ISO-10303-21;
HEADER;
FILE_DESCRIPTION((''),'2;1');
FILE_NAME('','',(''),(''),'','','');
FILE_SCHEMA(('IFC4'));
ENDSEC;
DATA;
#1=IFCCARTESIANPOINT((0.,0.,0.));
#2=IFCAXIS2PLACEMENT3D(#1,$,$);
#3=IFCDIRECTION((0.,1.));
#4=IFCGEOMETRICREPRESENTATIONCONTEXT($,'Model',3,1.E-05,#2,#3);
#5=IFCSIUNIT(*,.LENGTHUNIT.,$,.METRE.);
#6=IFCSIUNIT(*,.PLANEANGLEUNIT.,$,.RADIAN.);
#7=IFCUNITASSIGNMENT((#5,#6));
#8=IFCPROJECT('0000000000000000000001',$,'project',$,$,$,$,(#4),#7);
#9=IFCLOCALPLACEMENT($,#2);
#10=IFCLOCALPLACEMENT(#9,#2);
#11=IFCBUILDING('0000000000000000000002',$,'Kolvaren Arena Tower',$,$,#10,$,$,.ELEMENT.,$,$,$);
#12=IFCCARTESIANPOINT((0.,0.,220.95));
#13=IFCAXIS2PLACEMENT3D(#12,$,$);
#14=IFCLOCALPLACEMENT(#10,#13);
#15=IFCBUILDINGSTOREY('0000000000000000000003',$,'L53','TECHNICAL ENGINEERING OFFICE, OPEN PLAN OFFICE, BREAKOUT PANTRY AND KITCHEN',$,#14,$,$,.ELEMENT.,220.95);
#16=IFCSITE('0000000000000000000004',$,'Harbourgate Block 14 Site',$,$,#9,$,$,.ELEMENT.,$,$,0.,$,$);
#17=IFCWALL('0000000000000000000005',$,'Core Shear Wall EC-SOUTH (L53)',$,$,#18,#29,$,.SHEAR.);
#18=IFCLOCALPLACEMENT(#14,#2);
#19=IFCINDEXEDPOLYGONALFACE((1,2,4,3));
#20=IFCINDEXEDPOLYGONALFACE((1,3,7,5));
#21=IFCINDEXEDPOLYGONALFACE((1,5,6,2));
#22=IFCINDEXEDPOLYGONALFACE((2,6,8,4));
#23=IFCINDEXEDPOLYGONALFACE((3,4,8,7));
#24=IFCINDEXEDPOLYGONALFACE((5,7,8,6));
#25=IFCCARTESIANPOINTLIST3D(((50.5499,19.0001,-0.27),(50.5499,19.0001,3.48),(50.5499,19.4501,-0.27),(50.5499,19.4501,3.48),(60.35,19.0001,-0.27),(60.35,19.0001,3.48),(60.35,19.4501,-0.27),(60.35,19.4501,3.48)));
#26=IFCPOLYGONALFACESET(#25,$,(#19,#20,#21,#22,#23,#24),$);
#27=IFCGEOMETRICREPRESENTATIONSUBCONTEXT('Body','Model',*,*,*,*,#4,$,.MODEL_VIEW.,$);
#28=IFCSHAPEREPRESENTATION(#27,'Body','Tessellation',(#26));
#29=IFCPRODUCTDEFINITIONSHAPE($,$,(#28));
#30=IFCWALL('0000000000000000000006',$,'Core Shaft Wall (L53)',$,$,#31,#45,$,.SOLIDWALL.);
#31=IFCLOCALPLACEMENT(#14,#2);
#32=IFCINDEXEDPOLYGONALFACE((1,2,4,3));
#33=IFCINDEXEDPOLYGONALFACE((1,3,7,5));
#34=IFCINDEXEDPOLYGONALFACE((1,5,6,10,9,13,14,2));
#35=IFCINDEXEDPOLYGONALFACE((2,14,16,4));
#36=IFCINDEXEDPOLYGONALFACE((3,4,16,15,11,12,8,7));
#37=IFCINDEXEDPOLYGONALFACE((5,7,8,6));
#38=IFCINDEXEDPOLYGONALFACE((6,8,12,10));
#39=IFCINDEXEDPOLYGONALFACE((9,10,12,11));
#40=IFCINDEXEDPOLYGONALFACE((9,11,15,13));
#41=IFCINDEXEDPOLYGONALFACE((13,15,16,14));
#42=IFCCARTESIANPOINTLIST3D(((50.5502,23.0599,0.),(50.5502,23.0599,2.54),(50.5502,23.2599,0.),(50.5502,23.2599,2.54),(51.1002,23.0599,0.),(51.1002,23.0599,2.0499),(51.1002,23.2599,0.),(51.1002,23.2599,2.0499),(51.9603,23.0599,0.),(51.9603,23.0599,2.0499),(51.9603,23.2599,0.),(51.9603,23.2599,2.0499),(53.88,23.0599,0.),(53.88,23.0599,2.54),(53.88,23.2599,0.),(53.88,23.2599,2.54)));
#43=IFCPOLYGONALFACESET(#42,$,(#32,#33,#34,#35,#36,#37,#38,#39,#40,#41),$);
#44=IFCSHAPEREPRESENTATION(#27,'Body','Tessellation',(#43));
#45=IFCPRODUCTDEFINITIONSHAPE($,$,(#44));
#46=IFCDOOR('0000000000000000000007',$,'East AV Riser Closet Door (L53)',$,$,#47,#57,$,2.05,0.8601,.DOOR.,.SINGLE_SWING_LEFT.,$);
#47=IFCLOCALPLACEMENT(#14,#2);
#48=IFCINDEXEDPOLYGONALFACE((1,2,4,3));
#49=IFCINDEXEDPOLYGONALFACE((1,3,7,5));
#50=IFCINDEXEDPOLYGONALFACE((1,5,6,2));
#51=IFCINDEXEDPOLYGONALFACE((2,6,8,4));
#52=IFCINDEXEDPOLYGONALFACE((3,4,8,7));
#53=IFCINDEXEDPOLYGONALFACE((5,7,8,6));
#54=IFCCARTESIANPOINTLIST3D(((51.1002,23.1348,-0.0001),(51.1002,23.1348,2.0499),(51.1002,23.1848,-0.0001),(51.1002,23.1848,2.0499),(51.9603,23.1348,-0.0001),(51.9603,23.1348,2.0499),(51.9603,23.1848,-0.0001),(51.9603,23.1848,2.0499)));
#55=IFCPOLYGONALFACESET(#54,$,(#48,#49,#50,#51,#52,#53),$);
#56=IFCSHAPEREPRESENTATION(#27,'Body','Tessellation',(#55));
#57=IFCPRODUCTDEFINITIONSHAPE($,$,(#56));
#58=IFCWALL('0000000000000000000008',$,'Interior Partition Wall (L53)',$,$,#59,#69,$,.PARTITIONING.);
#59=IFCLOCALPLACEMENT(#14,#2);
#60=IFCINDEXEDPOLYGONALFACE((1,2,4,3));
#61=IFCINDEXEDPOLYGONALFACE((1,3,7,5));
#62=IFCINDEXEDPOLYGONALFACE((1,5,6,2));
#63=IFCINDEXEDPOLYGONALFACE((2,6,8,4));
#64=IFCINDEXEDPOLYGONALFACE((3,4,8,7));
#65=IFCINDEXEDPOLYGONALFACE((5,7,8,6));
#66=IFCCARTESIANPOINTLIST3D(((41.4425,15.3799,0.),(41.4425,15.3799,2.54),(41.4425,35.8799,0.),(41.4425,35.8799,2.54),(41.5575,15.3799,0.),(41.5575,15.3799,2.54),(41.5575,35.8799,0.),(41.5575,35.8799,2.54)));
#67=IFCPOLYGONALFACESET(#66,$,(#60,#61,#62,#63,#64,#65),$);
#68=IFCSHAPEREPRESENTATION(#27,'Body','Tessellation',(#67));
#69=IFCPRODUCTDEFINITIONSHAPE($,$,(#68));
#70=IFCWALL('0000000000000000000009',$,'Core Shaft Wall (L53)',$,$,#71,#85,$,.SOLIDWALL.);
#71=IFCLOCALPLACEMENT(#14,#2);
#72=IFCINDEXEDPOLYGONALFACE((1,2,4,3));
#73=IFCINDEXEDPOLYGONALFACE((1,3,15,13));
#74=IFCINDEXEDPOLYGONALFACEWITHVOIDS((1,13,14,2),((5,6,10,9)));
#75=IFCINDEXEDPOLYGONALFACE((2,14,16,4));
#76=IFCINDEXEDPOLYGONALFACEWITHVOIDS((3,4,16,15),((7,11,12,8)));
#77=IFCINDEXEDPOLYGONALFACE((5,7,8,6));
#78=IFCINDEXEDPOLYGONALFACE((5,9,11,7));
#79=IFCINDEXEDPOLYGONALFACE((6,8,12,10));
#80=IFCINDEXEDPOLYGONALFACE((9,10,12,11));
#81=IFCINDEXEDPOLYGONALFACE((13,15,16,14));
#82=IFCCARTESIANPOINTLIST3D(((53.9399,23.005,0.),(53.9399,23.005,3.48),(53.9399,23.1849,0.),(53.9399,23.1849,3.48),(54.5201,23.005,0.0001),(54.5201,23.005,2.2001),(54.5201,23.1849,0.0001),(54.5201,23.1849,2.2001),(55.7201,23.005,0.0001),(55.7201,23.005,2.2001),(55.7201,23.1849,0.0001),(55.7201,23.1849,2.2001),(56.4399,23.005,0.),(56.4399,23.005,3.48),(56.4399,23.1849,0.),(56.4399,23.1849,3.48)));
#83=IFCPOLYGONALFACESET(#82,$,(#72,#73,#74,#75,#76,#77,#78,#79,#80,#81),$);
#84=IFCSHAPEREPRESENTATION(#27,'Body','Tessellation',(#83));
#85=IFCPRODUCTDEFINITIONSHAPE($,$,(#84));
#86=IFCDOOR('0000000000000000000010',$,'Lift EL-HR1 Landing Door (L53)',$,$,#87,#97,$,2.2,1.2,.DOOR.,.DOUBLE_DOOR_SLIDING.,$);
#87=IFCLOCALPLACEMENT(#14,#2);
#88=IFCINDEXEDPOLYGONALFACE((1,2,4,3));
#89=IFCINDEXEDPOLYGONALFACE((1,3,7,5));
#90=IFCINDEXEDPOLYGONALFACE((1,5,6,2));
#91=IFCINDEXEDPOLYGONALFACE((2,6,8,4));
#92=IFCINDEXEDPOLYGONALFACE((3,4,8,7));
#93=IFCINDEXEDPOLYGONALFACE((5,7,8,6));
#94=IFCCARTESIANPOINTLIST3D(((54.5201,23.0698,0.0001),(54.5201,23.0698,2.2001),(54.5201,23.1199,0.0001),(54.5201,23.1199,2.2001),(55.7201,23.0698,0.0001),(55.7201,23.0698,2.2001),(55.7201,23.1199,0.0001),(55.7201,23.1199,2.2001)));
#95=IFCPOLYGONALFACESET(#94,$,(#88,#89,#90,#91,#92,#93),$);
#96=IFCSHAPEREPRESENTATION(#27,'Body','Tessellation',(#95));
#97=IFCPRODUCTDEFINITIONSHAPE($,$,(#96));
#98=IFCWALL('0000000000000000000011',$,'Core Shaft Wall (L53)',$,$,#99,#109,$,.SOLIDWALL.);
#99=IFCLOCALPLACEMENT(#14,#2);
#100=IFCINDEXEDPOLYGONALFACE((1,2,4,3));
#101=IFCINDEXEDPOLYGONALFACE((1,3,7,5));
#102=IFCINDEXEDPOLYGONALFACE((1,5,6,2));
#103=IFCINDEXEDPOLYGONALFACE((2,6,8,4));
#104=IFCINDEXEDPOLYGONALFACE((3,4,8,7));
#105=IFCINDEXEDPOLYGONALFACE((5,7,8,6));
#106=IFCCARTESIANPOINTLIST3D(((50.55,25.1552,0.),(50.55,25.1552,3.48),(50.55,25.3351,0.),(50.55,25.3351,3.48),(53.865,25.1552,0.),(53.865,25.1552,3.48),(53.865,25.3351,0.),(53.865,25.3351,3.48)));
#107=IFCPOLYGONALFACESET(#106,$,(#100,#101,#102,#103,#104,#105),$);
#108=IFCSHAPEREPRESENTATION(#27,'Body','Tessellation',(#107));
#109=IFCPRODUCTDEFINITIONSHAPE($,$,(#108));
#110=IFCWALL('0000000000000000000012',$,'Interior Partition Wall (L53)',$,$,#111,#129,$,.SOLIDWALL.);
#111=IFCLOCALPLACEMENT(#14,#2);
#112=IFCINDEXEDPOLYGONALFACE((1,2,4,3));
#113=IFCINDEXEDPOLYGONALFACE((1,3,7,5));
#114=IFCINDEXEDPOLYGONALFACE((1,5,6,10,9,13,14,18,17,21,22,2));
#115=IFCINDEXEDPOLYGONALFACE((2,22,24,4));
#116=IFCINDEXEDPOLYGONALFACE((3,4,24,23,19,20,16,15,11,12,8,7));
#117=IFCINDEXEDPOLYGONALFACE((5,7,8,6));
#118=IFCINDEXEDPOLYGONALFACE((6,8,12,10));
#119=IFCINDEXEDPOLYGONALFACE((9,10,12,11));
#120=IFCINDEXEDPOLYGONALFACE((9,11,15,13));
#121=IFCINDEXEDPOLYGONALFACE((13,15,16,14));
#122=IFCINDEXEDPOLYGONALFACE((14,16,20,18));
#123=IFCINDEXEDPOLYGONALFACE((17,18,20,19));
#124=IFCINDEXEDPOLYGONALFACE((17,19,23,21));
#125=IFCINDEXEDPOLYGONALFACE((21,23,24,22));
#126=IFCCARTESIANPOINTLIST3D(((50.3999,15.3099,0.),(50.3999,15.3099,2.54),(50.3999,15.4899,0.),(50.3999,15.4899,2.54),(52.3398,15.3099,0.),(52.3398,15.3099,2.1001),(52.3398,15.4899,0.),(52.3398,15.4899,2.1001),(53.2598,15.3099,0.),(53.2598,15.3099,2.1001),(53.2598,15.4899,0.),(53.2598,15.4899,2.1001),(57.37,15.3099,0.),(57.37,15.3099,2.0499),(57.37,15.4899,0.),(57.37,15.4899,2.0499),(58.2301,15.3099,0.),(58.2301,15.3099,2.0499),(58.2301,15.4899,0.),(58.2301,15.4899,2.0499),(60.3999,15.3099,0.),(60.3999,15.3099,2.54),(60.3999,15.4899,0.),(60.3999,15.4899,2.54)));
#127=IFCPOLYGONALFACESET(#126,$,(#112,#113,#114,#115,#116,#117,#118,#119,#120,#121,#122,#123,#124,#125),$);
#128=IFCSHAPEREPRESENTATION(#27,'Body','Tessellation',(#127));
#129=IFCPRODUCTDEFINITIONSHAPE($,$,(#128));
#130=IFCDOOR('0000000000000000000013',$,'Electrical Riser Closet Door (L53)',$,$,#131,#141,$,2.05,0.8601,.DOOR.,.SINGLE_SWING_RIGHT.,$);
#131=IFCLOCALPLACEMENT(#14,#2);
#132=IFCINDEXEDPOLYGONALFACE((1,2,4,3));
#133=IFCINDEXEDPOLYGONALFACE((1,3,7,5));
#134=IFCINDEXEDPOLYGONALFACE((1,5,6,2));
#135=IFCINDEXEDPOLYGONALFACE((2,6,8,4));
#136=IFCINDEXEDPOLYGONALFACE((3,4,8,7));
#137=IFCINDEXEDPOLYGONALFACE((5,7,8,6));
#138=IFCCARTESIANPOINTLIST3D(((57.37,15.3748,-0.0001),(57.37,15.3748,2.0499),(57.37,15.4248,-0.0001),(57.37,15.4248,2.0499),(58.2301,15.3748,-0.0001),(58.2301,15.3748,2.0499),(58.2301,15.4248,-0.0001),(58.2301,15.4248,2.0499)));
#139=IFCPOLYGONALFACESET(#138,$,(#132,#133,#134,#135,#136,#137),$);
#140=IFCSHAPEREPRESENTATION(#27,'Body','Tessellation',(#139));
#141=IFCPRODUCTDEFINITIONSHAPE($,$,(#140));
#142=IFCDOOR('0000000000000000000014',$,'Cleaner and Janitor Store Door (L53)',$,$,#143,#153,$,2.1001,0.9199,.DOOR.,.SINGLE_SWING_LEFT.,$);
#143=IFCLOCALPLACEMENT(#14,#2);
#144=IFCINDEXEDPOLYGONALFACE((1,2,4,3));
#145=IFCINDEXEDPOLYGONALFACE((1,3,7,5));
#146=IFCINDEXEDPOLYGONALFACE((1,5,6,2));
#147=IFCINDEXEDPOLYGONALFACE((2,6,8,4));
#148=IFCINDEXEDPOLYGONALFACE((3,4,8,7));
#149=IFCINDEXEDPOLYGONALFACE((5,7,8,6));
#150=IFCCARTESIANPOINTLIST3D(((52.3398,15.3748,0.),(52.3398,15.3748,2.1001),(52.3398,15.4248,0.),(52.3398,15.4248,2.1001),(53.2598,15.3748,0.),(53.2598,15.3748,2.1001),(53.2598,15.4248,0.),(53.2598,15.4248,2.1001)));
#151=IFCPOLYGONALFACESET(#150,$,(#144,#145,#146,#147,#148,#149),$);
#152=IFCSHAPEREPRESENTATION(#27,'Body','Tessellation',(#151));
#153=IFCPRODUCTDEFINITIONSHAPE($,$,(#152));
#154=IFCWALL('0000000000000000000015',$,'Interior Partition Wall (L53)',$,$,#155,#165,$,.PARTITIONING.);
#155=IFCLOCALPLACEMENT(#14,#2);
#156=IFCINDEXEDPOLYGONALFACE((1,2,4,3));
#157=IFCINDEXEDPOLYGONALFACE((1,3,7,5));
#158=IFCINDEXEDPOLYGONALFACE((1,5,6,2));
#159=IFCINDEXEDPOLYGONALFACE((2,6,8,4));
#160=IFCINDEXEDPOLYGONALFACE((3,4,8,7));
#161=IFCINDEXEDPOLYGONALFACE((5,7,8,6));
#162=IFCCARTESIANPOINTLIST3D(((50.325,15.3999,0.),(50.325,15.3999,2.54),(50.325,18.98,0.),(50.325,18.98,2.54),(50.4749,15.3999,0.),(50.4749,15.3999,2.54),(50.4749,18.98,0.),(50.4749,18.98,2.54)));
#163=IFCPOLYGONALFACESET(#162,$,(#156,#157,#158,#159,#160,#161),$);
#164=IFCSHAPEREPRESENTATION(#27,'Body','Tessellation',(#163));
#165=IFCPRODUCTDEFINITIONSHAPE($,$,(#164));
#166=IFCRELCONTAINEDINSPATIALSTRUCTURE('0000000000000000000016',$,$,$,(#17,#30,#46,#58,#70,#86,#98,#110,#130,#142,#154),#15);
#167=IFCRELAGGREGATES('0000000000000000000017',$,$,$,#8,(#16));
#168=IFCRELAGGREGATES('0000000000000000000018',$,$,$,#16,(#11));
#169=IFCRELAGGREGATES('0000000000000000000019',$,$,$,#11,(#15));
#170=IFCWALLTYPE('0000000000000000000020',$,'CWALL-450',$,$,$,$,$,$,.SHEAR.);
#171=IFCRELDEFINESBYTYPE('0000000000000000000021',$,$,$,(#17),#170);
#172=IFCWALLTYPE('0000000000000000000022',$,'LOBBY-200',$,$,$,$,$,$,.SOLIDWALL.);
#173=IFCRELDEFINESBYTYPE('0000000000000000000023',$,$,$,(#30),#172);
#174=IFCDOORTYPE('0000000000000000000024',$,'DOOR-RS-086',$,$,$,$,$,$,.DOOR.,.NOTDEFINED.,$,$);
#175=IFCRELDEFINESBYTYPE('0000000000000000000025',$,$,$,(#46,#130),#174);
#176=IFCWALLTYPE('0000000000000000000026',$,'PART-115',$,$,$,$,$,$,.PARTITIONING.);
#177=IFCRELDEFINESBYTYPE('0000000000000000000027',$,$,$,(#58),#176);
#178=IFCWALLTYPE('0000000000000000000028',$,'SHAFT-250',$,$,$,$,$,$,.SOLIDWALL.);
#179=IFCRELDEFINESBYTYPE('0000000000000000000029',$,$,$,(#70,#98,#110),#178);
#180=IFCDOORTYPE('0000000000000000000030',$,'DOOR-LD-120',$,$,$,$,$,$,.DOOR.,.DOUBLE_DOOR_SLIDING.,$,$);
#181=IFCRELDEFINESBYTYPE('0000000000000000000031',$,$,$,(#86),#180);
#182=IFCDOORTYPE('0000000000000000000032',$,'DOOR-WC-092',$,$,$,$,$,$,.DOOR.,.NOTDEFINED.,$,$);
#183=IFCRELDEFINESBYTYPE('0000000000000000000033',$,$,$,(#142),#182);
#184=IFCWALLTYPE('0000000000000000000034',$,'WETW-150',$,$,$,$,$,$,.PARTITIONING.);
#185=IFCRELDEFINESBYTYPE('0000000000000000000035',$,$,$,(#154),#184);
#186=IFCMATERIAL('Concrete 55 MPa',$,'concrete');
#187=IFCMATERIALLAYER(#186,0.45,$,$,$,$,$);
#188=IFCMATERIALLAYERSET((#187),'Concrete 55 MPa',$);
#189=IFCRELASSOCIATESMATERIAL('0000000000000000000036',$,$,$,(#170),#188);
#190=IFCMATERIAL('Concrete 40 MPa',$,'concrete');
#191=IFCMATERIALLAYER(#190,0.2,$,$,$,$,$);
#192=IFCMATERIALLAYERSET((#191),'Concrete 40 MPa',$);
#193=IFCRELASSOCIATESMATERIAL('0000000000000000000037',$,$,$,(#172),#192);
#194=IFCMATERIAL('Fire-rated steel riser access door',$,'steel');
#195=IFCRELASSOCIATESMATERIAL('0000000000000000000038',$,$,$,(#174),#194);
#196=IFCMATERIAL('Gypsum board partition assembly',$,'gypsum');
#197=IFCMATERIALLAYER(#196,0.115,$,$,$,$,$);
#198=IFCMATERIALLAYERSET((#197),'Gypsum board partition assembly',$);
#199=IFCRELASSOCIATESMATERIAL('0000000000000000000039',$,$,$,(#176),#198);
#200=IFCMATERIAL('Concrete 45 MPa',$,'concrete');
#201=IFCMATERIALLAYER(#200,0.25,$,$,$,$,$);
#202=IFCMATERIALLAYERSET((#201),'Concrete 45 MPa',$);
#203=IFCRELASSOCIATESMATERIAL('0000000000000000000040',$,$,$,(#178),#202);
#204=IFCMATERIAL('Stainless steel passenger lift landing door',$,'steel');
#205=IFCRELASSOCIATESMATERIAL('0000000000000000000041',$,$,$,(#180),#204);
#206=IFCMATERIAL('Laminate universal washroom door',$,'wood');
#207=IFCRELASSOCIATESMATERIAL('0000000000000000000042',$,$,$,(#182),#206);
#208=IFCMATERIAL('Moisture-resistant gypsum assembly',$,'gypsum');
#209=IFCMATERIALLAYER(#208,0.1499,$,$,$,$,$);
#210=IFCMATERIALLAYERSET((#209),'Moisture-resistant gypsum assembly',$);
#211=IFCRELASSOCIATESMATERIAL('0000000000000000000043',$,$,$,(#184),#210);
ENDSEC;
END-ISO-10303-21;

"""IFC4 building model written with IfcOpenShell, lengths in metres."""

from ifc_helpers import new_model, si_unit, direction, frame, frame_2d, origin, place, context, subcontext, project, spatial, rectangle, extrude, material, layer, layer_set, type_object, element, fill, save


model = new_model("IFC4")

# Units and contexts
model_context = context("Model", 3, precision=1e-05, world=origin(), true_north=direction((0.0, 1.0)))
body_context = subcontext(model_context, "Body", "Model", "MODEL_VIEW")
ifc_project = project(units=[si_unit("LENGTHUNIT", "METRE"), si_unit("PLANEANGLEUNIT", "RADIAN")], contexts=[model_context])

# Site, building, storey
site_placement = place(None, origin())
site = spatial("IfcSite", under=ifc_project, at=site_placement, Name="Harbourgate Block 14 Site", CompositionType="ELEMENT", RefElevation=0.0)
building_placement = place(site_placement, origin())
building = spatial("IfcBuilding", under=site, at=building_placement, Name="Kolvaren Arena Tower", CompositionType="ELEMENT")
storey_placement = place(building_placement, frame((0.0, 0.0, 220.95)))
storey = spatial("IfcBuildingStorey", under=building, at=storey_placement, Name="L53", Description="TECHNICAL ENGINEERING OFFICE, OPEN PLAN OFFICE, BREAKOUT PANTRY AND KITCHEN", CompositionType="ELEMENT", Elevation=220.95)

# Shared definitions
ifc_material_1 = material(Name="Concrete 55 MPa", Category="concrete")
ifc_layer_1 = layer(ifc_material_1, 0.45)
ifc_layer_set_1 = layer_set([ifc_layer_1], Name="Concrete 55 MPa")
wall_type_1 = type_object("IfcWallType", Name="CWALL-450", PredefinedType="SHEAR", material=ifc_layer_set_1)

# Wall
wall_1_placement = place(storey_placement, frame((50.55, 19.2251, -0.27), z_axis=(0.0, 0.0, 1.0), x_axis=(1.0, 0.0, 0.0)))
element("IfcWall", 1, at=wall_1_placement, inside=storey, type_object=wall_type_1, Name="Core Shear Wall EC-SOUTH (L53)", PredefinedType="SHEAR", context=body_context, shape_type="SweptSolid", body=[
    extrude(rectangle(XDim=9.8, YDim=0.45, at=frame_2d((4.8999, 0.0))), origin(), (0.0, 0.0, 1.0), 3.75),
])

# Shared definitions
ifc_material_2 = material(Name="Concrete 40 MPa", Category="concrete")
ifc_layer_2 = layer(ifc_material_2, 0.2)
ifc_layer_set_2 = layer_set([ifc_layer_2], Name="Concrete 40 MPa")
wall_type_2 = type_object("IfcWallType", Name="LOBBY-200", PredefinedType="SOLIDWALL", material=ifc_layer_set_2)

# Wall, opening, door
wall_2_placement = place(storey_placement, frame((50.55, 23.1599, 0.0), z_axis=(0.0, 0.0, 1.0), x_axis=(1.0, 0.0, 0.0)))
wall_2 = element("IfcWall", 2, at=wall_2_placement, inside=storey, type_object=wall_type_2, Name="Core Shaft Wall (L53)", PredefinedType="SOLIDWALL", context=body_context, shape_type="SweptSolid", body=[
    extrude(rectangle(XDim=3.3298, YDim=0.2, at=frame_2d((1.665, 0.0))), origin(), (0.0, 0.0, 1.0), 2.54),
])
opening_1_placement = place(wall_2_placement, frame((0.55, 0.0, 0.0)))
opening_1 = element("IfcOpeningElement", 3, at=opening_1_placement, cuts=wall_2, PredefinedType="OPENING", context=body_context, shape_type="SweptSolid", body=[
    extrude(rectangle(XDim=0.8601, YDim=2.05, at=frame_2d((0.4302, 1.0249))), frame((0.0, 0.1099, 0.0), z_axis=(0.0, -1.0, 0.0), x_axis=(1.0, 0.0, 0.0)), (0.0, 0.0, 1.0), 0.22),
])
ifc_material_3 = material(Name="Fire-rated steel riser access door", Category="steel")
door_type_1 = type_object("IfcDoorType", Name="DOOR-RS-086", OperationType="NOTDEFINED", PredefinedType="DOOR", material=ifc_material_3)
door_1_placement = place(opening_1_placement, origin())
door_1 = element("IfcDoor", 4, at=door_1_placement, inside=storey, type_object=door_type_1, Name="East AV Riser Closet Door (L53)", OperationType="SINGLE_SWING_LEFT", OverallHeight=2.05, OverallWidth=0.8601, PredefinedType="DOOR", context=body_context, shape_type="SweptSolid", body=[
    extrude(rectangle(XDim=0.8601, YDim=2.05, at=frame_2d((0.4302, 1.0249))), frame((0.0, 0.0249, 0.0), z_axis=(0.0, -1.0, 0.0), x_axis=(1.0, 0.0, 0.0)), (0.0, 0.0, 1.0), 0.05),
])
fill(opening_1, door_1)

# Wall
ifc_material_4 = material(Name="Gypsum board partition assembly", Category="gypsum")
ifc_layer_3 = layer(ifc_material_4, 0.115)
ifc_layer_set_3 = layer_set([ifc_layer_3], Name="Gypsum board partition assembly")
wall_type_3 = type_object("IfcWallType", Name="PART-115", PredefinedType="PARTITIONING", material=ifc_layer_set_3)
wall_3_placement = place(storey_placement, frame((41.5, 15.3799, 0.0), z_axis=(0.0, 0.0, 1.0), x_axis=(0.0, 1.0, 0.0)))
element("IfcWall", 5, at=wall_3_placement, inside=storey, type_object=wall_type_3, Name="Interior Partition Wall (L53)", PredefinedType="PARTITIONING", context=body_context, shape_type="SweptSolid", body=[
    extrude(rectangle(XDim=20.5, YDim=0.115, at=frame_2d((10.25, 0.0))), origin(), (0.0, 0.0, 1.0), 2.54),
])

# Wall, opening, door
ifc_material_5 = material(Name="Concrete 45 MPa", Category="concrete")
ifc_layer_4 = layer(ifc_material_5, 0.25)
ifc_layer_set_4 = layer_set([ifc_layer_4], Name="Concrete 45 MPa")
wall_type_4 = type_object("IfcWallType", Name="SHAFT-250", PredefinedType="SOLIDWALL", material=ifc_layer_set_4)
wall_4_placement = place(storey_placement, frame((53.9399, 23.095, 0.0), z_axis=(0.0, 0.0, 1.0), x_axis=(1.0, 0.0, 0.0)))
wall_4 = element("IfcWall", 6, at=wall_4_placement, inside=storey, type_object=wall_type_4, Name="Core Shaft Wall (L53)", PredefinedType="SOLIDWALL", context=body_context, shape_type="SweptSolid", body=[
    extrude(rectangle(XDim=2.5, YDim=0.1799, at=frame_2d((1.25, 0.0))), origin(), (0.0, 0.0, 1.0), 3.48),
])
opening_2_placement = place(wall_4_placement, frame((0.5801, 0.0, 0.0)))
opening_2 = element("IfcOpeningElement", 7, at=opening_2_placement, cuts=wall_4, PredefinedType="OPENING", context=body_context, shape_type="SweptSolid", body=[
    extrude(rectangle(XDim=1.2, YDim=2.2, at=frame_2d((0.6001, 1.1001))), frame((0.0, 0.0999, 0.0), z_axis=(0.0, -1.0, 0.0), x_axis=(1.0, 0.0, 0.0)), (0.0, 0.0, 1.0), 0.2),
])
ifc_material_6 = material(Name="Stainless steel passenger lift landing door", Category="steel")
door_type_2 = type_object("IfcDoorType", Name="DOOR-LD-120", OperationType="DOUBLE_DOOR_SLIDING", PredefinedType="DOOR", material=ifc_material_6)
door_2_placement = place(opening_2_placement, origin())
door_2 = element("IfcDoor", 8, at=door_2_placement, inside=storey, type_object=door_type_2, Name="Lift EL-HR1 Landing Door (L53)", OperationType="DOUBLE_DOOR_SLIDING", OverallHeight=2.2, OverallWidth=1.2, PredefinedType="DOOR", context=body_context, shape_type="SweptSolid", body=[
    extrude(rectangle(XDim=1.2, YDim=2.2, at=frame_2d((0.6001, 1.1001))), frame((0.0, 0.0249, 0.0), z_axis=(0.0, -1.0, 0.0), x_axis=(1.0, 0.0, 0.0)), (0.0, 0.0, 1.0), 0.05),
])
fill(opening_2, door_2)

# Wall
wall_5_placement = place(storey_placement, frame((50.55, 25.2451, 0.0), z_axis=(0.0, 0.0, 1.0), x_axis=(1.0, 0.0, 0.0)))
element("IfcWall", 9, at=wall_5_placement, inside=storey, type_object=wall_type_4, Name="Core Shaft Wall (L53)", PredefinedType="SOLIDWALL", context=body_context, shape_type="SweptSolid", body=[
    extrude(rectangle(XDim=3.3149, YDim=0.1799, at=frame_2d((1.6575, 0.0))), origin(), (0.0, 0.0, 1.0), 3.48),
])

# Wall, openings, doors
wall_6_placement = place(storey_placement, frame((50.3999, 15.3999, 0.0), z_axis=(0.0, 0.0, 1.0), x_axis=(1.0, 0.0, 0.0)))
wall_6 = element("IfcWall", 10, at=wall_6_placement, inside=storey, type_object=wall_type_4, Name="Interior Partition Wall (L53)", PredefinedType="SOLIDWALL", context=body_context, shape_type="SweptSolid", body=[
    extrude(rectangle(XDim=10.0, YDim=0.1799, at=frame_2d((5.0, 0.0))), origin(), (0.0, 0.0, 1.0), 2.54),
])
opening_3_placement = place(wall_6_placement, frame((1.9399, 0.0, 0.0)))
opening_3 = element("IfcOpeningElement", 11, at=opening_3_placement, cuts=wall_6, PredefinedType="OPENING", context=body_context, shape_type="SweptSolid", body=[
    extrude(rectangle(XDim=0.9199, YDim=2.1001, at=frame_2d((0.46, 1.05))), frame((0.0, 0.0999, 0.0), z_axis=(0.0, -1.0, 0.0), x_axis=(1.0, 0.0, 0.0)), (0.0, 0.0, 1.0), 0.2),
])
opening_4_placement = place(wall_6_placement, frame((6.97, 0.0, 0.0)))
opening_4 = element("IfcOpeningElement", 12, at=opening_4_placement, cuts=wall_6, PredefinedType="OPENING", context=body_context, shape_type="SweptSolid", body=[
    extrude(rectangle(XDim=0.8601, YDim=2.05, at=frame_2d((0.4302, 1.0249))), frame((0.0, 0.0999, 0.0), z_axis=(0.0, -1.0, 0.0), x_axis=(1.0, 0.0, 0.0)), (0.0, 0.0, 1.0), 0.2),
])
door_3_placement = place(opening_4_placement, origin())
door_3 = element("IfcDoor", 13, at=door_3_placement, inside=storey, type_object=door_type_1, Name="Electrical Riser Closet Door (L53)", OperationType="SINGLE_SWING_RIGHT", OverallHeight=2.05, OverallWidth=0.8601, PredefinedType="DOOR", context=body_context, shape_type="SweptSolid", body=[
    extrude(rectangle(XDim=0.8601, YDim=2.05, at=frame_2d((0.4302, 1.0249))), frame((0.0, 0.0249, 0.0), z_axis=(0.0, -1.0, 0.0), x_axis=(1.0, 0.0, 0.0)), (0.0, 0.0, 1.0), 0.05),
])
fill(opening_4, door_3)
ifc_material_7 = material(Name="Laminate universal washroom door", Category="wood")
door_type_3 = type_object("IfcDoorType", Name="DOOR-WC-092", OperationType="NOTDEFINED", PredefinedType="DOOR", material=ifc_material_7)
door_4_placement = place(opening_3_placement, origin())
door_4 = element("IfcDoor", 14, at=door_4_placement, inside=storey, type_object=door_type_3, Name="Cleaner and Janitor Store Door (L53)", OperationType="SINGLE_SWING_LEFT", OverallHeight=2.1001, OverallWidth=0.9199, PredefinedType="DOOR", context=body_context, shape_type="SweptSolid", body=[
    extrude(rectangle(XDim=0.9199, YDim=2.1001, at=frame_2d((0.46, 1.05))), frame((0.0, 0.0249, 0.0), z_axis=(0.0, -1.0, 0.0), x_axis=(1.0, 0.0, 0.0)), (0.0, 0.0, 1.0), 0.05),
])
fill(opening_3, door_4)

# Wall
ifc_material_8 = material(Name="Moisture-resistant gypsum assembly", Category="gypsum")
ifc_layer_5 = layer(ifc_material_8, 0.1499)
ifc_layer_set_5 = layer_set([ifc_layer_5], Name="Moisture-resistant gypsum assembly")
wall_type_5 = type_object("IfcWallType", Name="WETW-150", PredefinedType="PARTITIONING", material=ifc_layer_set_5)
wall_7_placement = place(storey_placement, frame((50.3999, 15.3999, 0.0), z_axis=(0.0, 0.0, 1.0), x_axis=(0.0, 1.0, 0.0)))
element("IfcWall", 15, at=wall_7_placement, inside=storey, type_object=wall_type_5, Name="Interior Partition Wall (L53)", PredefinedType="PARTITIONING", context=body_context, shape_type="SweptSolid", body=[
    extrude(rectangle(XDim=3.5801, YDim=0.1499, at=frame_2d((1.79, 0.0))), origin(), (0.0, 0.0, 1.0), 2.54),
])

save(model, "model.ifc")
